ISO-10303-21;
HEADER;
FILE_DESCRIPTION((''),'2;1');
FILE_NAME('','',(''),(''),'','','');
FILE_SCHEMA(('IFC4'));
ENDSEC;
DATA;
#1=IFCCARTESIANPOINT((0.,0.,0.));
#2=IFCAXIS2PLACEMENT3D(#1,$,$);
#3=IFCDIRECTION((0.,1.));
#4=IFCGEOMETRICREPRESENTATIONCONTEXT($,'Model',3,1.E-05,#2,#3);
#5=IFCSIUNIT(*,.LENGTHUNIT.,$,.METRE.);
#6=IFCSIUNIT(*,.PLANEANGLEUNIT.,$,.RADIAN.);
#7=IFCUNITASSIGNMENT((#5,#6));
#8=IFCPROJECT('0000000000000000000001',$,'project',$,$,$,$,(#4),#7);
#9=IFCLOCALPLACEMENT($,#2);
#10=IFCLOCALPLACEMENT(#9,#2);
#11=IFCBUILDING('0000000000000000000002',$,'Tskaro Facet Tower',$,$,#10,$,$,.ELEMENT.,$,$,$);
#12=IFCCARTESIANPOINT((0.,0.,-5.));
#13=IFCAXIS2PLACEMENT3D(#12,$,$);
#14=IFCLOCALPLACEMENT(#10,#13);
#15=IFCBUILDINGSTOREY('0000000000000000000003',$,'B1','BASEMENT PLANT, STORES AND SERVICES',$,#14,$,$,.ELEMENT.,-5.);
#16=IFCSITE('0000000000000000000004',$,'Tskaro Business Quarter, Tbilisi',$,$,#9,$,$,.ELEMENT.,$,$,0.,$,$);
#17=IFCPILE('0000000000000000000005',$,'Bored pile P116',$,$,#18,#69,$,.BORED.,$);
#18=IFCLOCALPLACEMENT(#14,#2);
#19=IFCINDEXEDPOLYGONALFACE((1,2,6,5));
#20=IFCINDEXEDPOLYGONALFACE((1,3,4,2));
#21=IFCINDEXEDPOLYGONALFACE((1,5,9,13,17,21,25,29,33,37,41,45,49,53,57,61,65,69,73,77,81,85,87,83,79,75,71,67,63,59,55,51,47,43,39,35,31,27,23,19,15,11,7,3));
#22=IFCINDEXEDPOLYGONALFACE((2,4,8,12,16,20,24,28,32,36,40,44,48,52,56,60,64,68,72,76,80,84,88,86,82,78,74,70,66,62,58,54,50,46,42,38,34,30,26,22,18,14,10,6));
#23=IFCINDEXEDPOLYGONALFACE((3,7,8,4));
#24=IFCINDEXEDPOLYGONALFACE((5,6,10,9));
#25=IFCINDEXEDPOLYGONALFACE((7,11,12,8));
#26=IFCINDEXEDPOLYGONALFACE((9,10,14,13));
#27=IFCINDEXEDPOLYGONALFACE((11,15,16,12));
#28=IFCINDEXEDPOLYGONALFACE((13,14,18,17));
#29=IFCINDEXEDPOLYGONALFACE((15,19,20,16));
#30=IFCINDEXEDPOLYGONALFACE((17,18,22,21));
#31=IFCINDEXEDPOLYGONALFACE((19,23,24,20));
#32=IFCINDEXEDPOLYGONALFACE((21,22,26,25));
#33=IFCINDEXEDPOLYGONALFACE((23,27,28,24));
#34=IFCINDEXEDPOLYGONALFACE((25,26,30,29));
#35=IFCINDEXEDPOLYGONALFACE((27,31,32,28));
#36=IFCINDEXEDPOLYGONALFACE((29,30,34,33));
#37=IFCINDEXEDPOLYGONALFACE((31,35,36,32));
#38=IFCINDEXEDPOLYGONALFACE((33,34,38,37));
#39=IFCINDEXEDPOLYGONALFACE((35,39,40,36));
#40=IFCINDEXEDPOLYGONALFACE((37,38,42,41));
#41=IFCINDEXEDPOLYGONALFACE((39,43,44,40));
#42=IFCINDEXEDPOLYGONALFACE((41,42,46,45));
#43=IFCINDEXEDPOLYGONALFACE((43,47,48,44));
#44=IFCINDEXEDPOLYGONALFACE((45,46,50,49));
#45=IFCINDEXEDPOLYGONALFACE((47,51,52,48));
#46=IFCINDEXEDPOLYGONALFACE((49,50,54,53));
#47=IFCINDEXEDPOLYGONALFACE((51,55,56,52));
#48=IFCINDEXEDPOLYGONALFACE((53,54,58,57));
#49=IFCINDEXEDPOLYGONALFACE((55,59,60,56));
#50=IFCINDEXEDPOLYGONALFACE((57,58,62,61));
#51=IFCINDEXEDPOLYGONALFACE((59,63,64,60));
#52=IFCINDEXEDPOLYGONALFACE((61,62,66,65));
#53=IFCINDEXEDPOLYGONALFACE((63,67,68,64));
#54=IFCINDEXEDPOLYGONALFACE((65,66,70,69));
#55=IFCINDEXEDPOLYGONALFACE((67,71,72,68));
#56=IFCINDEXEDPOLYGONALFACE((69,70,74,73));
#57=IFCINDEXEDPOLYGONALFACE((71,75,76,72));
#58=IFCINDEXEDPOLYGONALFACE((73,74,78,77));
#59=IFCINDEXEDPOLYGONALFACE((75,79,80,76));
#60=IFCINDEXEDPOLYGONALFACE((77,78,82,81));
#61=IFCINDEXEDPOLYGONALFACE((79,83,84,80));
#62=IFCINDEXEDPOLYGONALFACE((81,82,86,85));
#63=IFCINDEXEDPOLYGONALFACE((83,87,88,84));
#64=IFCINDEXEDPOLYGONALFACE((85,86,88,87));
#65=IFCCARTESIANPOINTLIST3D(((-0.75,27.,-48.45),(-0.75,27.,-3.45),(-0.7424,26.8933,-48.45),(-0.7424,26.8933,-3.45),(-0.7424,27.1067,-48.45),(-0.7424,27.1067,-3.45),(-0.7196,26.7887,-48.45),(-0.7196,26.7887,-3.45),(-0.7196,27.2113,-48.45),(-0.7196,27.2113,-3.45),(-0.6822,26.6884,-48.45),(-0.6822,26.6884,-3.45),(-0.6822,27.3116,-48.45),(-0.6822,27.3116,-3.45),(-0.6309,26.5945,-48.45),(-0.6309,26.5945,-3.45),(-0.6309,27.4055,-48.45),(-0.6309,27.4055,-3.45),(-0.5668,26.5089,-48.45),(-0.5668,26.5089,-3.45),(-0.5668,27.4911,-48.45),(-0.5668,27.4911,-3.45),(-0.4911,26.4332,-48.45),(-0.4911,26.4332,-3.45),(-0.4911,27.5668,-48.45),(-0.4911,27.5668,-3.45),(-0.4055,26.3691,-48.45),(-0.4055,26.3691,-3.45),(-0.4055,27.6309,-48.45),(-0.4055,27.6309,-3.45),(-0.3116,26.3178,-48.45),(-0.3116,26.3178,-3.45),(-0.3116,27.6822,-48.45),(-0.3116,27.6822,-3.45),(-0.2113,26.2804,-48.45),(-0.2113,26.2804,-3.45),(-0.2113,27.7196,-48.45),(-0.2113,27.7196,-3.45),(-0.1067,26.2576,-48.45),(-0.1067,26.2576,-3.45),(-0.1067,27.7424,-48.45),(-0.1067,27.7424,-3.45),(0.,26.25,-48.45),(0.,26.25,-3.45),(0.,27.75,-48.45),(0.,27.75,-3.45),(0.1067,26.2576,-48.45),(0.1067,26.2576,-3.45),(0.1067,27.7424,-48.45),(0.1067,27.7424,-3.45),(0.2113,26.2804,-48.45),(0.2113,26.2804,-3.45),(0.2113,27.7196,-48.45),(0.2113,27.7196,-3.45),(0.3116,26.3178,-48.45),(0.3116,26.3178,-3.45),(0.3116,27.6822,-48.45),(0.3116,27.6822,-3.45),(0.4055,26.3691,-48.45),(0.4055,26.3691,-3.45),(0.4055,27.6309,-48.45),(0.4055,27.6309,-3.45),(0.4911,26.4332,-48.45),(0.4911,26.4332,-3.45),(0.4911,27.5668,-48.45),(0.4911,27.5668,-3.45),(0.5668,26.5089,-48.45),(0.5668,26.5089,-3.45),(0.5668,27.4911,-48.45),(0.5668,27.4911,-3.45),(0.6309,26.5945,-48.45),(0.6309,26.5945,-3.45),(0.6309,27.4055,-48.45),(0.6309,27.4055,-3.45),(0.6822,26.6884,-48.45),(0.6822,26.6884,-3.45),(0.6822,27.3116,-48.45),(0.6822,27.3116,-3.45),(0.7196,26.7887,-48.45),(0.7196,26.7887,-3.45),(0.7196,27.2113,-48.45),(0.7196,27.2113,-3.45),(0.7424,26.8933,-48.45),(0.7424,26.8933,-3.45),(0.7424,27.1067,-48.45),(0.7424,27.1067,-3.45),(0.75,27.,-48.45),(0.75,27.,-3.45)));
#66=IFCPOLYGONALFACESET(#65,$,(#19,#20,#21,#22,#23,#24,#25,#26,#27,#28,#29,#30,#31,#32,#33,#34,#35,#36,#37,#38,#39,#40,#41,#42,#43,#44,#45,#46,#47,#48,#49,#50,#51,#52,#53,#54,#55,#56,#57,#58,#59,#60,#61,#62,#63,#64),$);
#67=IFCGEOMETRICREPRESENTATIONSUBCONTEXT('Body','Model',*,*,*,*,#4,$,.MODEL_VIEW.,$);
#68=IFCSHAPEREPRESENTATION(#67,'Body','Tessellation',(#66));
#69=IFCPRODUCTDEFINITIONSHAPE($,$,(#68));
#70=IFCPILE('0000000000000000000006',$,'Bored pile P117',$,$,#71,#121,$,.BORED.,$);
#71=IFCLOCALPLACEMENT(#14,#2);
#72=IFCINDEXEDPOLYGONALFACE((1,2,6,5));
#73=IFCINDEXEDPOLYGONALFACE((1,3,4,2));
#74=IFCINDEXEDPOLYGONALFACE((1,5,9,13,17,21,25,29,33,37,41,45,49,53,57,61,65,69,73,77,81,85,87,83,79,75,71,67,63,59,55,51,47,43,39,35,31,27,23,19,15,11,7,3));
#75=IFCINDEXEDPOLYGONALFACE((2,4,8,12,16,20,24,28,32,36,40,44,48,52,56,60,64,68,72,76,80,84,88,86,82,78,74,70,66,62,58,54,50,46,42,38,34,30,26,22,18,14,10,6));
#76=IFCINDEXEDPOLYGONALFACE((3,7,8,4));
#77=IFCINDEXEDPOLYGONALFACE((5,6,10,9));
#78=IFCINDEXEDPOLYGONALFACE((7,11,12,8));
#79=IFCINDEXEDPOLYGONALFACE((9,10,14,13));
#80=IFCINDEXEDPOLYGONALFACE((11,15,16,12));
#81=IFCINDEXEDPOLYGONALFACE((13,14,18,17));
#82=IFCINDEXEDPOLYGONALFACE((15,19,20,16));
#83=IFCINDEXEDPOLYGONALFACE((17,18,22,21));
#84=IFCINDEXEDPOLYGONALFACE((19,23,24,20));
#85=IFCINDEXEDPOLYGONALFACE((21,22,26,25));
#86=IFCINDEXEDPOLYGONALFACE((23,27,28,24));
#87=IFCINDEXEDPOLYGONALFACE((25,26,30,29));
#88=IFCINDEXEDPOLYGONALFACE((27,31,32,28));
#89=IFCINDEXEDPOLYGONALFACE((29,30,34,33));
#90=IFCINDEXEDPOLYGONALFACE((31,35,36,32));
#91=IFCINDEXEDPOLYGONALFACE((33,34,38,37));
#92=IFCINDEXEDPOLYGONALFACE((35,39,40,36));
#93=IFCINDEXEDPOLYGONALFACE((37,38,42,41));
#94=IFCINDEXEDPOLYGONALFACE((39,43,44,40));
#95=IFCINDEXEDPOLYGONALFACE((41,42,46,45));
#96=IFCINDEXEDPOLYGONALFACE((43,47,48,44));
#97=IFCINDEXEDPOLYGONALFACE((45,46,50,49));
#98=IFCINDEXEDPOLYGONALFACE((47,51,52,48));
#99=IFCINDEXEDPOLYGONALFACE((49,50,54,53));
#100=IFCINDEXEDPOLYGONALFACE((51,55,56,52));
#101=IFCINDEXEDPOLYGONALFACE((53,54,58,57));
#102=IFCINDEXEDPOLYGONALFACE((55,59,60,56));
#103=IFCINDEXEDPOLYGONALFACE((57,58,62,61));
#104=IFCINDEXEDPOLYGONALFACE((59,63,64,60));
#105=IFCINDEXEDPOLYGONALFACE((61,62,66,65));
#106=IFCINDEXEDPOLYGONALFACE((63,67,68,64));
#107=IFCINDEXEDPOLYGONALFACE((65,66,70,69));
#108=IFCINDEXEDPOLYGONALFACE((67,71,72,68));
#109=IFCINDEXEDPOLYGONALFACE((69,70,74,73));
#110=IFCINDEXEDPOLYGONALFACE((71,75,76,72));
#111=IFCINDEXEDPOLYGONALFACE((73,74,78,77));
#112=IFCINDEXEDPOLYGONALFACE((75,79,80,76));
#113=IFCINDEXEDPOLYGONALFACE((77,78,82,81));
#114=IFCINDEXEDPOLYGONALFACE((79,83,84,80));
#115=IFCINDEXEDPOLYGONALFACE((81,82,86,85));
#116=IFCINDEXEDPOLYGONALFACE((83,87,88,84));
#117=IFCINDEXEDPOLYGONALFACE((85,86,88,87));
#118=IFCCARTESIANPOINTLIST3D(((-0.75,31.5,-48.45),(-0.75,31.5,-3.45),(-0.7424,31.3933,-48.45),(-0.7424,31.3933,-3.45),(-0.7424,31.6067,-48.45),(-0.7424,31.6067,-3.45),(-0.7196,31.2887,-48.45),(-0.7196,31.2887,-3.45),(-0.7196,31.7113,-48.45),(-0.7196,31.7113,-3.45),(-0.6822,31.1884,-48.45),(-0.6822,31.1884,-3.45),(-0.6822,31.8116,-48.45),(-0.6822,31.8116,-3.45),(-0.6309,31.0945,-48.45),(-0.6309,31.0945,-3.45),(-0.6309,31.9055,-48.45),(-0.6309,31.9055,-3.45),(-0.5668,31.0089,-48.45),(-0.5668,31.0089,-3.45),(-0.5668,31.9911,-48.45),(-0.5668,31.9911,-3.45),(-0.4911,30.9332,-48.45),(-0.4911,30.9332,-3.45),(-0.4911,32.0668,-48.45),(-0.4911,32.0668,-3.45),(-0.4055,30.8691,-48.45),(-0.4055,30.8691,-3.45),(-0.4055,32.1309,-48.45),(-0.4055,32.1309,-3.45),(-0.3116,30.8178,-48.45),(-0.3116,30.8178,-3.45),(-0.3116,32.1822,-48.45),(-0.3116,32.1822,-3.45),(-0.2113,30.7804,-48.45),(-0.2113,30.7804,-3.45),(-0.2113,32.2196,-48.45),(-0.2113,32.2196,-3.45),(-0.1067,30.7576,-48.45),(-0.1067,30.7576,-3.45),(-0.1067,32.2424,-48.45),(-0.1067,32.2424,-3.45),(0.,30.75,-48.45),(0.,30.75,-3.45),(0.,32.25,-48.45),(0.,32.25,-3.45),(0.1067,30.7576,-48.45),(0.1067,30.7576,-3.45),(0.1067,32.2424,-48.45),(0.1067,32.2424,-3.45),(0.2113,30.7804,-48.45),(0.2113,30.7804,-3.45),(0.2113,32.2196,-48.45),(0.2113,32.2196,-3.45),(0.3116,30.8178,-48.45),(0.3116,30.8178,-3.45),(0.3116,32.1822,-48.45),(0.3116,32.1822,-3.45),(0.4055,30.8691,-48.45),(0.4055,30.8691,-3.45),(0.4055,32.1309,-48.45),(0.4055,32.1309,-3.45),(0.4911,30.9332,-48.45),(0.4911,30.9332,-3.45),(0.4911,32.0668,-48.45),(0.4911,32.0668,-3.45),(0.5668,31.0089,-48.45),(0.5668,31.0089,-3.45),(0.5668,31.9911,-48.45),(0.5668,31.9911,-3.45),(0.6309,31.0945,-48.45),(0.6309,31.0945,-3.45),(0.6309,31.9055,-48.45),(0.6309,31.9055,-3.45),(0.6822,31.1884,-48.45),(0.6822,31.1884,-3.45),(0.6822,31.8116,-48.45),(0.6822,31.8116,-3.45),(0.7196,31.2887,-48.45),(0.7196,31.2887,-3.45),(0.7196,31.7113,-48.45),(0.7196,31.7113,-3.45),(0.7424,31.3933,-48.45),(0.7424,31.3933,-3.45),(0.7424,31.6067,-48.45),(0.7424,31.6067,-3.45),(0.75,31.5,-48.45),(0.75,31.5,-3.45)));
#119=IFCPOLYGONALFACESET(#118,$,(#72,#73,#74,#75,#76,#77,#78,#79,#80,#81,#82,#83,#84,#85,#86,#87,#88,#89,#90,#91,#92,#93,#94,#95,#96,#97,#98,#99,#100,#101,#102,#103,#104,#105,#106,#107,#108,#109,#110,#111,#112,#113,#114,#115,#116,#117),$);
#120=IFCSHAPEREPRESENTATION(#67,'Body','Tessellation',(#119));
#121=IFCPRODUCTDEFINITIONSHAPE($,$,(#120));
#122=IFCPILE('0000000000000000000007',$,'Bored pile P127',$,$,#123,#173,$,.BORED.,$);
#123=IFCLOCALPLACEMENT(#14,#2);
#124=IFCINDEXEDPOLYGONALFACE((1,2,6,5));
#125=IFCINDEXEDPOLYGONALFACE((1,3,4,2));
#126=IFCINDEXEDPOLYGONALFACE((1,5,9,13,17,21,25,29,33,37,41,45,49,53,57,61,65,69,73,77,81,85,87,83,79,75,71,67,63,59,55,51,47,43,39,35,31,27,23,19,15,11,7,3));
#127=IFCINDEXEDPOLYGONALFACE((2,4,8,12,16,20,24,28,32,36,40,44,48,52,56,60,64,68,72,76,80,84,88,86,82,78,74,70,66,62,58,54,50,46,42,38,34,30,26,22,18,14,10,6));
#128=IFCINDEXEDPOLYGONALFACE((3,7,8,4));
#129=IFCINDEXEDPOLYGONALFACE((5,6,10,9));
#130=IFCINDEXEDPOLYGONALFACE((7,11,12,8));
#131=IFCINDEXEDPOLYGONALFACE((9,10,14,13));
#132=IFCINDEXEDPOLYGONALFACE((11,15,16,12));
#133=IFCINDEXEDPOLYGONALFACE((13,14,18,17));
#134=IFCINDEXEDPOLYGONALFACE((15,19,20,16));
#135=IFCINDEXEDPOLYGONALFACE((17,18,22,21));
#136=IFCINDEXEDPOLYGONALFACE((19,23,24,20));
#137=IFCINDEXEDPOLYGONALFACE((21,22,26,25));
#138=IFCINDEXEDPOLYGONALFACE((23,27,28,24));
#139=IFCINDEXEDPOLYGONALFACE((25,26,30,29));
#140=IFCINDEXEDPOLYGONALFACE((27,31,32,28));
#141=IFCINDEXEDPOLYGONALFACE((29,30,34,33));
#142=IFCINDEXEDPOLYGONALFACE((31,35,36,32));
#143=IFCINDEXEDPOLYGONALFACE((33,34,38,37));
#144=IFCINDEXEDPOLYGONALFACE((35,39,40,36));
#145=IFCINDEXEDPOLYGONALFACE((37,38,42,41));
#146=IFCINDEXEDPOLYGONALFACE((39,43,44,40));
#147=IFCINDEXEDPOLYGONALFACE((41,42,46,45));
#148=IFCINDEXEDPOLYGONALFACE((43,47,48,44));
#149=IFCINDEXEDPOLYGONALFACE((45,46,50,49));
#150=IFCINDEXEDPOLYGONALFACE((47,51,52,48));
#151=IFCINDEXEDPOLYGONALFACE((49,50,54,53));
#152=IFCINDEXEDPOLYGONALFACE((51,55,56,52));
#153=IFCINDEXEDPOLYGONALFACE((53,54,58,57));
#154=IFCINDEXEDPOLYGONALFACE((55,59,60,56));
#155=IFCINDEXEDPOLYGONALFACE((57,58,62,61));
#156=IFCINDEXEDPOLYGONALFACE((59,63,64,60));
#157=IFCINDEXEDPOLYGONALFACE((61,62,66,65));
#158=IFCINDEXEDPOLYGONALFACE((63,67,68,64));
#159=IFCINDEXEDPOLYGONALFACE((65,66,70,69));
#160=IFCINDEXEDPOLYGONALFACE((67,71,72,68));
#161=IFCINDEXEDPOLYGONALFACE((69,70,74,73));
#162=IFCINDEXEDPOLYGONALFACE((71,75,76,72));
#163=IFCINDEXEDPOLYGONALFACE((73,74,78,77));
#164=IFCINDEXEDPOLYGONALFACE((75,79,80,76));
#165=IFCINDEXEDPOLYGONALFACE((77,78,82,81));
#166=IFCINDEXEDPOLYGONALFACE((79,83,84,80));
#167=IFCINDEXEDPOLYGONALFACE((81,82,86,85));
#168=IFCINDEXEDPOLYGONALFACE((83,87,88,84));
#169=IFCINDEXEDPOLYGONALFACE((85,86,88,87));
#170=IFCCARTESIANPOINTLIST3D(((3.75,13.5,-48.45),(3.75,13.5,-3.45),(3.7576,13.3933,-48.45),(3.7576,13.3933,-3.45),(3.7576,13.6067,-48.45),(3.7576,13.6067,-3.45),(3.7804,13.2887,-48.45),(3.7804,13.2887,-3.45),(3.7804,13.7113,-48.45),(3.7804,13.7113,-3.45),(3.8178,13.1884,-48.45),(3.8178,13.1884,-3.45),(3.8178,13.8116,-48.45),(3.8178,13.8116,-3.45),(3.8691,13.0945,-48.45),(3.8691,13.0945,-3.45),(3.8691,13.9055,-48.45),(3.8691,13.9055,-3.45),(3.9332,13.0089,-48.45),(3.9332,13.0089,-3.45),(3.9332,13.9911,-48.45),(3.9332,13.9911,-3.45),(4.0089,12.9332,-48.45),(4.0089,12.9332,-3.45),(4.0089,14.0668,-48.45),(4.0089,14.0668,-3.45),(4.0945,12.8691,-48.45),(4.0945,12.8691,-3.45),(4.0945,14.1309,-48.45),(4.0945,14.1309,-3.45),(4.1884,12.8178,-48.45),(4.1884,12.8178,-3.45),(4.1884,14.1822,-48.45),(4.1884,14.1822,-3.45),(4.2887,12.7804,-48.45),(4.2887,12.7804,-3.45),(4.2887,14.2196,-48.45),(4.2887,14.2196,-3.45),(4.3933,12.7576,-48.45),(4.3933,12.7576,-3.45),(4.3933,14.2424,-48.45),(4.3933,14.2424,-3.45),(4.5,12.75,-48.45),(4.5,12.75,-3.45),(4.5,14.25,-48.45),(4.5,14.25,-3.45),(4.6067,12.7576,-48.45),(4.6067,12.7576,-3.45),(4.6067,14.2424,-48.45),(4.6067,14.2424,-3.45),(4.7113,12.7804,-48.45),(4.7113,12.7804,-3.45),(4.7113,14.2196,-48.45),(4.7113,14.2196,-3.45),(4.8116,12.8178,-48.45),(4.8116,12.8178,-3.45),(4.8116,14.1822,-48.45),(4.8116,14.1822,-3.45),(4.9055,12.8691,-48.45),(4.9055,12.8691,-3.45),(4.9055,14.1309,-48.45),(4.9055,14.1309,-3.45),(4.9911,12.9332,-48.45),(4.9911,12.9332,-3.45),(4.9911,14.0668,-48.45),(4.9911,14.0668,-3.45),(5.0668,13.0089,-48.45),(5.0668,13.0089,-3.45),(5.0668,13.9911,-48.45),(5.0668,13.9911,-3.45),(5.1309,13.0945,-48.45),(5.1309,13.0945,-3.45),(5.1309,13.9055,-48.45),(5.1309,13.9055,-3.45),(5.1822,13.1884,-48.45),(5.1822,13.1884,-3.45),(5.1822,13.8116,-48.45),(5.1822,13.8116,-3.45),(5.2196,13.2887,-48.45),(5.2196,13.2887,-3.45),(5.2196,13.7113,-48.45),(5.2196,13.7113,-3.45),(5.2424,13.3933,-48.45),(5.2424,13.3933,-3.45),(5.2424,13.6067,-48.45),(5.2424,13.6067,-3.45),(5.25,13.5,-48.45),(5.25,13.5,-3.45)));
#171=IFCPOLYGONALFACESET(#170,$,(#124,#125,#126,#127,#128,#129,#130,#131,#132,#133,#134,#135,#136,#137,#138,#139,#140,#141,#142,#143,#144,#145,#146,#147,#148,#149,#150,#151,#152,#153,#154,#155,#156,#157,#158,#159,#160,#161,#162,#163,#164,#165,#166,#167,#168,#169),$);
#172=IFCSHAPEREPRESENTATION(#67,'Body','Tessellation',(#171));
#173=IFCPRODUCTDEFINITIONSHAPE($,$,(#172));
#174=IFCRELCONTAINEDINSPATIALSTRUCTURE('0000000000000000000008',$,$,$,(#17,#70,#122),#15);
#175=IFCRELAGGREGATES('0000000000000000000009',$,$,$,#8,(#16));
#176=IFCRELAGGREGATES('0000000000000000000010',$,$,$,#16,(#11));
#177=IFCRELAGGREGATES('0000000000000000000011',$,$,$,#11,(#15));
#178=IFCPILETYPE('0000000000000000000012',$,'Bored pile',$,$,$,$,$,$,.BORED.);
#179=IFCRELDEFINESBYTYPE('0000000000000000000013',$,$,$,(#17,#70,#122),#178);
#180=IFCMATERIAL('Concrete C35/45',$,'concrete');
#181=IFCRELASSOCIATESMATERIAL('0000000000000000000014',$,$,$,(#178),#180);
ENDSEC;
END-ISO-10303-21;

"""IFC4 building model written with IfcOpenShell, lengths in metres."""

from ifc_helpers import new_model, si_unit, direction, frame, origin, origin_2d, place, context, subcontext, project, spatial, circle, extrude, material, material_profile, profile_set, type_object, element, save


model = new_model("IFC4")

# Units and contexts
model_context = context("Model", 3, precision=1e-05, world=origin(), true_north=direction((0.0, 1.0)))
body_context = subcontext(model_context, "Body", "Model", "MODEL_VIEW")
ifc_project = project(units=[si_unit("LENGTHUNIT", "METRE"), si_unit("PLANEANGLEUNIT", "RADIAN")], contexts=[model_context])

# Site, building, storey
site_placement = place(None, origin())
site = spatial("IfcSite", under=ifc_project, at=site_placement, Name="Tskaro Business Quarter, Tbilisi", CompositionType="ELEMENT", RefElevation=0.0)
building_placement = place(site_placement, origin())
building = spatial("IfcBuilding", under=site, at=building_placement, Name="Tskaro Facet Tower", CompositionType="ELEMENT")
storey_placement = place(building_placement, frame((0.0, 0.0, -5.0)))
storey = spatial("IfcBuildingStorey", under=building, at=storey_placement, Name="B1", Description="BASEMENT PLANT, STORES AND SERVICES", CompositionType="ELEMENT", Elevation=-5.0)

# Piles
ifc_material_1 = material(Name="Concrete C35/45", Category="concrete")
ifc_material_profile_1 = material_profile(ifc_material_1, circle(Radius=0.75, at=origin_2d()), Name="Bored pile")
ifc_profile_set_1 = profile_set([ifc_material_profile_1], Name="Concrete C35/45")
pile_type = type_object("IfcPileType", Name="Bored pile", PredefinedType="BORED", material=ifc_profile_set_1)
for number, where, z_axis, x_axis, name in (
    (1, (0.0, 27.0, -3.45), (0.0, 0.0, -1.0), (1.0, 0.0, 0.0), "Bored pile P116"),
    (2, (0.0, 31.5, -3.45), (0.0, 0.0, -1.0), (1.0, 0.0, 0.0), "Bored pile P117"),
    (3, (4.5, 13.5, -3.45), (0.0, 0.0, -1.0), (1.0, 0.0, 0.0), "Bored pile P127"),
):
    element("IfcPile", number, at=place(storey_placement, frame(where, z_axis=z_axis, x_axis=x_axis)), inside=storey, type_object=pile_type, Name=name, PredefinedType="BORED", context=body_context, shape_type="SweptSolid", body=[
        extrude(circle(Radius=0.75, at=origin_2d()), origin(), (0.0, 0.0, 1.0), 45.0),
    ])

save(model, "model.ifc")
